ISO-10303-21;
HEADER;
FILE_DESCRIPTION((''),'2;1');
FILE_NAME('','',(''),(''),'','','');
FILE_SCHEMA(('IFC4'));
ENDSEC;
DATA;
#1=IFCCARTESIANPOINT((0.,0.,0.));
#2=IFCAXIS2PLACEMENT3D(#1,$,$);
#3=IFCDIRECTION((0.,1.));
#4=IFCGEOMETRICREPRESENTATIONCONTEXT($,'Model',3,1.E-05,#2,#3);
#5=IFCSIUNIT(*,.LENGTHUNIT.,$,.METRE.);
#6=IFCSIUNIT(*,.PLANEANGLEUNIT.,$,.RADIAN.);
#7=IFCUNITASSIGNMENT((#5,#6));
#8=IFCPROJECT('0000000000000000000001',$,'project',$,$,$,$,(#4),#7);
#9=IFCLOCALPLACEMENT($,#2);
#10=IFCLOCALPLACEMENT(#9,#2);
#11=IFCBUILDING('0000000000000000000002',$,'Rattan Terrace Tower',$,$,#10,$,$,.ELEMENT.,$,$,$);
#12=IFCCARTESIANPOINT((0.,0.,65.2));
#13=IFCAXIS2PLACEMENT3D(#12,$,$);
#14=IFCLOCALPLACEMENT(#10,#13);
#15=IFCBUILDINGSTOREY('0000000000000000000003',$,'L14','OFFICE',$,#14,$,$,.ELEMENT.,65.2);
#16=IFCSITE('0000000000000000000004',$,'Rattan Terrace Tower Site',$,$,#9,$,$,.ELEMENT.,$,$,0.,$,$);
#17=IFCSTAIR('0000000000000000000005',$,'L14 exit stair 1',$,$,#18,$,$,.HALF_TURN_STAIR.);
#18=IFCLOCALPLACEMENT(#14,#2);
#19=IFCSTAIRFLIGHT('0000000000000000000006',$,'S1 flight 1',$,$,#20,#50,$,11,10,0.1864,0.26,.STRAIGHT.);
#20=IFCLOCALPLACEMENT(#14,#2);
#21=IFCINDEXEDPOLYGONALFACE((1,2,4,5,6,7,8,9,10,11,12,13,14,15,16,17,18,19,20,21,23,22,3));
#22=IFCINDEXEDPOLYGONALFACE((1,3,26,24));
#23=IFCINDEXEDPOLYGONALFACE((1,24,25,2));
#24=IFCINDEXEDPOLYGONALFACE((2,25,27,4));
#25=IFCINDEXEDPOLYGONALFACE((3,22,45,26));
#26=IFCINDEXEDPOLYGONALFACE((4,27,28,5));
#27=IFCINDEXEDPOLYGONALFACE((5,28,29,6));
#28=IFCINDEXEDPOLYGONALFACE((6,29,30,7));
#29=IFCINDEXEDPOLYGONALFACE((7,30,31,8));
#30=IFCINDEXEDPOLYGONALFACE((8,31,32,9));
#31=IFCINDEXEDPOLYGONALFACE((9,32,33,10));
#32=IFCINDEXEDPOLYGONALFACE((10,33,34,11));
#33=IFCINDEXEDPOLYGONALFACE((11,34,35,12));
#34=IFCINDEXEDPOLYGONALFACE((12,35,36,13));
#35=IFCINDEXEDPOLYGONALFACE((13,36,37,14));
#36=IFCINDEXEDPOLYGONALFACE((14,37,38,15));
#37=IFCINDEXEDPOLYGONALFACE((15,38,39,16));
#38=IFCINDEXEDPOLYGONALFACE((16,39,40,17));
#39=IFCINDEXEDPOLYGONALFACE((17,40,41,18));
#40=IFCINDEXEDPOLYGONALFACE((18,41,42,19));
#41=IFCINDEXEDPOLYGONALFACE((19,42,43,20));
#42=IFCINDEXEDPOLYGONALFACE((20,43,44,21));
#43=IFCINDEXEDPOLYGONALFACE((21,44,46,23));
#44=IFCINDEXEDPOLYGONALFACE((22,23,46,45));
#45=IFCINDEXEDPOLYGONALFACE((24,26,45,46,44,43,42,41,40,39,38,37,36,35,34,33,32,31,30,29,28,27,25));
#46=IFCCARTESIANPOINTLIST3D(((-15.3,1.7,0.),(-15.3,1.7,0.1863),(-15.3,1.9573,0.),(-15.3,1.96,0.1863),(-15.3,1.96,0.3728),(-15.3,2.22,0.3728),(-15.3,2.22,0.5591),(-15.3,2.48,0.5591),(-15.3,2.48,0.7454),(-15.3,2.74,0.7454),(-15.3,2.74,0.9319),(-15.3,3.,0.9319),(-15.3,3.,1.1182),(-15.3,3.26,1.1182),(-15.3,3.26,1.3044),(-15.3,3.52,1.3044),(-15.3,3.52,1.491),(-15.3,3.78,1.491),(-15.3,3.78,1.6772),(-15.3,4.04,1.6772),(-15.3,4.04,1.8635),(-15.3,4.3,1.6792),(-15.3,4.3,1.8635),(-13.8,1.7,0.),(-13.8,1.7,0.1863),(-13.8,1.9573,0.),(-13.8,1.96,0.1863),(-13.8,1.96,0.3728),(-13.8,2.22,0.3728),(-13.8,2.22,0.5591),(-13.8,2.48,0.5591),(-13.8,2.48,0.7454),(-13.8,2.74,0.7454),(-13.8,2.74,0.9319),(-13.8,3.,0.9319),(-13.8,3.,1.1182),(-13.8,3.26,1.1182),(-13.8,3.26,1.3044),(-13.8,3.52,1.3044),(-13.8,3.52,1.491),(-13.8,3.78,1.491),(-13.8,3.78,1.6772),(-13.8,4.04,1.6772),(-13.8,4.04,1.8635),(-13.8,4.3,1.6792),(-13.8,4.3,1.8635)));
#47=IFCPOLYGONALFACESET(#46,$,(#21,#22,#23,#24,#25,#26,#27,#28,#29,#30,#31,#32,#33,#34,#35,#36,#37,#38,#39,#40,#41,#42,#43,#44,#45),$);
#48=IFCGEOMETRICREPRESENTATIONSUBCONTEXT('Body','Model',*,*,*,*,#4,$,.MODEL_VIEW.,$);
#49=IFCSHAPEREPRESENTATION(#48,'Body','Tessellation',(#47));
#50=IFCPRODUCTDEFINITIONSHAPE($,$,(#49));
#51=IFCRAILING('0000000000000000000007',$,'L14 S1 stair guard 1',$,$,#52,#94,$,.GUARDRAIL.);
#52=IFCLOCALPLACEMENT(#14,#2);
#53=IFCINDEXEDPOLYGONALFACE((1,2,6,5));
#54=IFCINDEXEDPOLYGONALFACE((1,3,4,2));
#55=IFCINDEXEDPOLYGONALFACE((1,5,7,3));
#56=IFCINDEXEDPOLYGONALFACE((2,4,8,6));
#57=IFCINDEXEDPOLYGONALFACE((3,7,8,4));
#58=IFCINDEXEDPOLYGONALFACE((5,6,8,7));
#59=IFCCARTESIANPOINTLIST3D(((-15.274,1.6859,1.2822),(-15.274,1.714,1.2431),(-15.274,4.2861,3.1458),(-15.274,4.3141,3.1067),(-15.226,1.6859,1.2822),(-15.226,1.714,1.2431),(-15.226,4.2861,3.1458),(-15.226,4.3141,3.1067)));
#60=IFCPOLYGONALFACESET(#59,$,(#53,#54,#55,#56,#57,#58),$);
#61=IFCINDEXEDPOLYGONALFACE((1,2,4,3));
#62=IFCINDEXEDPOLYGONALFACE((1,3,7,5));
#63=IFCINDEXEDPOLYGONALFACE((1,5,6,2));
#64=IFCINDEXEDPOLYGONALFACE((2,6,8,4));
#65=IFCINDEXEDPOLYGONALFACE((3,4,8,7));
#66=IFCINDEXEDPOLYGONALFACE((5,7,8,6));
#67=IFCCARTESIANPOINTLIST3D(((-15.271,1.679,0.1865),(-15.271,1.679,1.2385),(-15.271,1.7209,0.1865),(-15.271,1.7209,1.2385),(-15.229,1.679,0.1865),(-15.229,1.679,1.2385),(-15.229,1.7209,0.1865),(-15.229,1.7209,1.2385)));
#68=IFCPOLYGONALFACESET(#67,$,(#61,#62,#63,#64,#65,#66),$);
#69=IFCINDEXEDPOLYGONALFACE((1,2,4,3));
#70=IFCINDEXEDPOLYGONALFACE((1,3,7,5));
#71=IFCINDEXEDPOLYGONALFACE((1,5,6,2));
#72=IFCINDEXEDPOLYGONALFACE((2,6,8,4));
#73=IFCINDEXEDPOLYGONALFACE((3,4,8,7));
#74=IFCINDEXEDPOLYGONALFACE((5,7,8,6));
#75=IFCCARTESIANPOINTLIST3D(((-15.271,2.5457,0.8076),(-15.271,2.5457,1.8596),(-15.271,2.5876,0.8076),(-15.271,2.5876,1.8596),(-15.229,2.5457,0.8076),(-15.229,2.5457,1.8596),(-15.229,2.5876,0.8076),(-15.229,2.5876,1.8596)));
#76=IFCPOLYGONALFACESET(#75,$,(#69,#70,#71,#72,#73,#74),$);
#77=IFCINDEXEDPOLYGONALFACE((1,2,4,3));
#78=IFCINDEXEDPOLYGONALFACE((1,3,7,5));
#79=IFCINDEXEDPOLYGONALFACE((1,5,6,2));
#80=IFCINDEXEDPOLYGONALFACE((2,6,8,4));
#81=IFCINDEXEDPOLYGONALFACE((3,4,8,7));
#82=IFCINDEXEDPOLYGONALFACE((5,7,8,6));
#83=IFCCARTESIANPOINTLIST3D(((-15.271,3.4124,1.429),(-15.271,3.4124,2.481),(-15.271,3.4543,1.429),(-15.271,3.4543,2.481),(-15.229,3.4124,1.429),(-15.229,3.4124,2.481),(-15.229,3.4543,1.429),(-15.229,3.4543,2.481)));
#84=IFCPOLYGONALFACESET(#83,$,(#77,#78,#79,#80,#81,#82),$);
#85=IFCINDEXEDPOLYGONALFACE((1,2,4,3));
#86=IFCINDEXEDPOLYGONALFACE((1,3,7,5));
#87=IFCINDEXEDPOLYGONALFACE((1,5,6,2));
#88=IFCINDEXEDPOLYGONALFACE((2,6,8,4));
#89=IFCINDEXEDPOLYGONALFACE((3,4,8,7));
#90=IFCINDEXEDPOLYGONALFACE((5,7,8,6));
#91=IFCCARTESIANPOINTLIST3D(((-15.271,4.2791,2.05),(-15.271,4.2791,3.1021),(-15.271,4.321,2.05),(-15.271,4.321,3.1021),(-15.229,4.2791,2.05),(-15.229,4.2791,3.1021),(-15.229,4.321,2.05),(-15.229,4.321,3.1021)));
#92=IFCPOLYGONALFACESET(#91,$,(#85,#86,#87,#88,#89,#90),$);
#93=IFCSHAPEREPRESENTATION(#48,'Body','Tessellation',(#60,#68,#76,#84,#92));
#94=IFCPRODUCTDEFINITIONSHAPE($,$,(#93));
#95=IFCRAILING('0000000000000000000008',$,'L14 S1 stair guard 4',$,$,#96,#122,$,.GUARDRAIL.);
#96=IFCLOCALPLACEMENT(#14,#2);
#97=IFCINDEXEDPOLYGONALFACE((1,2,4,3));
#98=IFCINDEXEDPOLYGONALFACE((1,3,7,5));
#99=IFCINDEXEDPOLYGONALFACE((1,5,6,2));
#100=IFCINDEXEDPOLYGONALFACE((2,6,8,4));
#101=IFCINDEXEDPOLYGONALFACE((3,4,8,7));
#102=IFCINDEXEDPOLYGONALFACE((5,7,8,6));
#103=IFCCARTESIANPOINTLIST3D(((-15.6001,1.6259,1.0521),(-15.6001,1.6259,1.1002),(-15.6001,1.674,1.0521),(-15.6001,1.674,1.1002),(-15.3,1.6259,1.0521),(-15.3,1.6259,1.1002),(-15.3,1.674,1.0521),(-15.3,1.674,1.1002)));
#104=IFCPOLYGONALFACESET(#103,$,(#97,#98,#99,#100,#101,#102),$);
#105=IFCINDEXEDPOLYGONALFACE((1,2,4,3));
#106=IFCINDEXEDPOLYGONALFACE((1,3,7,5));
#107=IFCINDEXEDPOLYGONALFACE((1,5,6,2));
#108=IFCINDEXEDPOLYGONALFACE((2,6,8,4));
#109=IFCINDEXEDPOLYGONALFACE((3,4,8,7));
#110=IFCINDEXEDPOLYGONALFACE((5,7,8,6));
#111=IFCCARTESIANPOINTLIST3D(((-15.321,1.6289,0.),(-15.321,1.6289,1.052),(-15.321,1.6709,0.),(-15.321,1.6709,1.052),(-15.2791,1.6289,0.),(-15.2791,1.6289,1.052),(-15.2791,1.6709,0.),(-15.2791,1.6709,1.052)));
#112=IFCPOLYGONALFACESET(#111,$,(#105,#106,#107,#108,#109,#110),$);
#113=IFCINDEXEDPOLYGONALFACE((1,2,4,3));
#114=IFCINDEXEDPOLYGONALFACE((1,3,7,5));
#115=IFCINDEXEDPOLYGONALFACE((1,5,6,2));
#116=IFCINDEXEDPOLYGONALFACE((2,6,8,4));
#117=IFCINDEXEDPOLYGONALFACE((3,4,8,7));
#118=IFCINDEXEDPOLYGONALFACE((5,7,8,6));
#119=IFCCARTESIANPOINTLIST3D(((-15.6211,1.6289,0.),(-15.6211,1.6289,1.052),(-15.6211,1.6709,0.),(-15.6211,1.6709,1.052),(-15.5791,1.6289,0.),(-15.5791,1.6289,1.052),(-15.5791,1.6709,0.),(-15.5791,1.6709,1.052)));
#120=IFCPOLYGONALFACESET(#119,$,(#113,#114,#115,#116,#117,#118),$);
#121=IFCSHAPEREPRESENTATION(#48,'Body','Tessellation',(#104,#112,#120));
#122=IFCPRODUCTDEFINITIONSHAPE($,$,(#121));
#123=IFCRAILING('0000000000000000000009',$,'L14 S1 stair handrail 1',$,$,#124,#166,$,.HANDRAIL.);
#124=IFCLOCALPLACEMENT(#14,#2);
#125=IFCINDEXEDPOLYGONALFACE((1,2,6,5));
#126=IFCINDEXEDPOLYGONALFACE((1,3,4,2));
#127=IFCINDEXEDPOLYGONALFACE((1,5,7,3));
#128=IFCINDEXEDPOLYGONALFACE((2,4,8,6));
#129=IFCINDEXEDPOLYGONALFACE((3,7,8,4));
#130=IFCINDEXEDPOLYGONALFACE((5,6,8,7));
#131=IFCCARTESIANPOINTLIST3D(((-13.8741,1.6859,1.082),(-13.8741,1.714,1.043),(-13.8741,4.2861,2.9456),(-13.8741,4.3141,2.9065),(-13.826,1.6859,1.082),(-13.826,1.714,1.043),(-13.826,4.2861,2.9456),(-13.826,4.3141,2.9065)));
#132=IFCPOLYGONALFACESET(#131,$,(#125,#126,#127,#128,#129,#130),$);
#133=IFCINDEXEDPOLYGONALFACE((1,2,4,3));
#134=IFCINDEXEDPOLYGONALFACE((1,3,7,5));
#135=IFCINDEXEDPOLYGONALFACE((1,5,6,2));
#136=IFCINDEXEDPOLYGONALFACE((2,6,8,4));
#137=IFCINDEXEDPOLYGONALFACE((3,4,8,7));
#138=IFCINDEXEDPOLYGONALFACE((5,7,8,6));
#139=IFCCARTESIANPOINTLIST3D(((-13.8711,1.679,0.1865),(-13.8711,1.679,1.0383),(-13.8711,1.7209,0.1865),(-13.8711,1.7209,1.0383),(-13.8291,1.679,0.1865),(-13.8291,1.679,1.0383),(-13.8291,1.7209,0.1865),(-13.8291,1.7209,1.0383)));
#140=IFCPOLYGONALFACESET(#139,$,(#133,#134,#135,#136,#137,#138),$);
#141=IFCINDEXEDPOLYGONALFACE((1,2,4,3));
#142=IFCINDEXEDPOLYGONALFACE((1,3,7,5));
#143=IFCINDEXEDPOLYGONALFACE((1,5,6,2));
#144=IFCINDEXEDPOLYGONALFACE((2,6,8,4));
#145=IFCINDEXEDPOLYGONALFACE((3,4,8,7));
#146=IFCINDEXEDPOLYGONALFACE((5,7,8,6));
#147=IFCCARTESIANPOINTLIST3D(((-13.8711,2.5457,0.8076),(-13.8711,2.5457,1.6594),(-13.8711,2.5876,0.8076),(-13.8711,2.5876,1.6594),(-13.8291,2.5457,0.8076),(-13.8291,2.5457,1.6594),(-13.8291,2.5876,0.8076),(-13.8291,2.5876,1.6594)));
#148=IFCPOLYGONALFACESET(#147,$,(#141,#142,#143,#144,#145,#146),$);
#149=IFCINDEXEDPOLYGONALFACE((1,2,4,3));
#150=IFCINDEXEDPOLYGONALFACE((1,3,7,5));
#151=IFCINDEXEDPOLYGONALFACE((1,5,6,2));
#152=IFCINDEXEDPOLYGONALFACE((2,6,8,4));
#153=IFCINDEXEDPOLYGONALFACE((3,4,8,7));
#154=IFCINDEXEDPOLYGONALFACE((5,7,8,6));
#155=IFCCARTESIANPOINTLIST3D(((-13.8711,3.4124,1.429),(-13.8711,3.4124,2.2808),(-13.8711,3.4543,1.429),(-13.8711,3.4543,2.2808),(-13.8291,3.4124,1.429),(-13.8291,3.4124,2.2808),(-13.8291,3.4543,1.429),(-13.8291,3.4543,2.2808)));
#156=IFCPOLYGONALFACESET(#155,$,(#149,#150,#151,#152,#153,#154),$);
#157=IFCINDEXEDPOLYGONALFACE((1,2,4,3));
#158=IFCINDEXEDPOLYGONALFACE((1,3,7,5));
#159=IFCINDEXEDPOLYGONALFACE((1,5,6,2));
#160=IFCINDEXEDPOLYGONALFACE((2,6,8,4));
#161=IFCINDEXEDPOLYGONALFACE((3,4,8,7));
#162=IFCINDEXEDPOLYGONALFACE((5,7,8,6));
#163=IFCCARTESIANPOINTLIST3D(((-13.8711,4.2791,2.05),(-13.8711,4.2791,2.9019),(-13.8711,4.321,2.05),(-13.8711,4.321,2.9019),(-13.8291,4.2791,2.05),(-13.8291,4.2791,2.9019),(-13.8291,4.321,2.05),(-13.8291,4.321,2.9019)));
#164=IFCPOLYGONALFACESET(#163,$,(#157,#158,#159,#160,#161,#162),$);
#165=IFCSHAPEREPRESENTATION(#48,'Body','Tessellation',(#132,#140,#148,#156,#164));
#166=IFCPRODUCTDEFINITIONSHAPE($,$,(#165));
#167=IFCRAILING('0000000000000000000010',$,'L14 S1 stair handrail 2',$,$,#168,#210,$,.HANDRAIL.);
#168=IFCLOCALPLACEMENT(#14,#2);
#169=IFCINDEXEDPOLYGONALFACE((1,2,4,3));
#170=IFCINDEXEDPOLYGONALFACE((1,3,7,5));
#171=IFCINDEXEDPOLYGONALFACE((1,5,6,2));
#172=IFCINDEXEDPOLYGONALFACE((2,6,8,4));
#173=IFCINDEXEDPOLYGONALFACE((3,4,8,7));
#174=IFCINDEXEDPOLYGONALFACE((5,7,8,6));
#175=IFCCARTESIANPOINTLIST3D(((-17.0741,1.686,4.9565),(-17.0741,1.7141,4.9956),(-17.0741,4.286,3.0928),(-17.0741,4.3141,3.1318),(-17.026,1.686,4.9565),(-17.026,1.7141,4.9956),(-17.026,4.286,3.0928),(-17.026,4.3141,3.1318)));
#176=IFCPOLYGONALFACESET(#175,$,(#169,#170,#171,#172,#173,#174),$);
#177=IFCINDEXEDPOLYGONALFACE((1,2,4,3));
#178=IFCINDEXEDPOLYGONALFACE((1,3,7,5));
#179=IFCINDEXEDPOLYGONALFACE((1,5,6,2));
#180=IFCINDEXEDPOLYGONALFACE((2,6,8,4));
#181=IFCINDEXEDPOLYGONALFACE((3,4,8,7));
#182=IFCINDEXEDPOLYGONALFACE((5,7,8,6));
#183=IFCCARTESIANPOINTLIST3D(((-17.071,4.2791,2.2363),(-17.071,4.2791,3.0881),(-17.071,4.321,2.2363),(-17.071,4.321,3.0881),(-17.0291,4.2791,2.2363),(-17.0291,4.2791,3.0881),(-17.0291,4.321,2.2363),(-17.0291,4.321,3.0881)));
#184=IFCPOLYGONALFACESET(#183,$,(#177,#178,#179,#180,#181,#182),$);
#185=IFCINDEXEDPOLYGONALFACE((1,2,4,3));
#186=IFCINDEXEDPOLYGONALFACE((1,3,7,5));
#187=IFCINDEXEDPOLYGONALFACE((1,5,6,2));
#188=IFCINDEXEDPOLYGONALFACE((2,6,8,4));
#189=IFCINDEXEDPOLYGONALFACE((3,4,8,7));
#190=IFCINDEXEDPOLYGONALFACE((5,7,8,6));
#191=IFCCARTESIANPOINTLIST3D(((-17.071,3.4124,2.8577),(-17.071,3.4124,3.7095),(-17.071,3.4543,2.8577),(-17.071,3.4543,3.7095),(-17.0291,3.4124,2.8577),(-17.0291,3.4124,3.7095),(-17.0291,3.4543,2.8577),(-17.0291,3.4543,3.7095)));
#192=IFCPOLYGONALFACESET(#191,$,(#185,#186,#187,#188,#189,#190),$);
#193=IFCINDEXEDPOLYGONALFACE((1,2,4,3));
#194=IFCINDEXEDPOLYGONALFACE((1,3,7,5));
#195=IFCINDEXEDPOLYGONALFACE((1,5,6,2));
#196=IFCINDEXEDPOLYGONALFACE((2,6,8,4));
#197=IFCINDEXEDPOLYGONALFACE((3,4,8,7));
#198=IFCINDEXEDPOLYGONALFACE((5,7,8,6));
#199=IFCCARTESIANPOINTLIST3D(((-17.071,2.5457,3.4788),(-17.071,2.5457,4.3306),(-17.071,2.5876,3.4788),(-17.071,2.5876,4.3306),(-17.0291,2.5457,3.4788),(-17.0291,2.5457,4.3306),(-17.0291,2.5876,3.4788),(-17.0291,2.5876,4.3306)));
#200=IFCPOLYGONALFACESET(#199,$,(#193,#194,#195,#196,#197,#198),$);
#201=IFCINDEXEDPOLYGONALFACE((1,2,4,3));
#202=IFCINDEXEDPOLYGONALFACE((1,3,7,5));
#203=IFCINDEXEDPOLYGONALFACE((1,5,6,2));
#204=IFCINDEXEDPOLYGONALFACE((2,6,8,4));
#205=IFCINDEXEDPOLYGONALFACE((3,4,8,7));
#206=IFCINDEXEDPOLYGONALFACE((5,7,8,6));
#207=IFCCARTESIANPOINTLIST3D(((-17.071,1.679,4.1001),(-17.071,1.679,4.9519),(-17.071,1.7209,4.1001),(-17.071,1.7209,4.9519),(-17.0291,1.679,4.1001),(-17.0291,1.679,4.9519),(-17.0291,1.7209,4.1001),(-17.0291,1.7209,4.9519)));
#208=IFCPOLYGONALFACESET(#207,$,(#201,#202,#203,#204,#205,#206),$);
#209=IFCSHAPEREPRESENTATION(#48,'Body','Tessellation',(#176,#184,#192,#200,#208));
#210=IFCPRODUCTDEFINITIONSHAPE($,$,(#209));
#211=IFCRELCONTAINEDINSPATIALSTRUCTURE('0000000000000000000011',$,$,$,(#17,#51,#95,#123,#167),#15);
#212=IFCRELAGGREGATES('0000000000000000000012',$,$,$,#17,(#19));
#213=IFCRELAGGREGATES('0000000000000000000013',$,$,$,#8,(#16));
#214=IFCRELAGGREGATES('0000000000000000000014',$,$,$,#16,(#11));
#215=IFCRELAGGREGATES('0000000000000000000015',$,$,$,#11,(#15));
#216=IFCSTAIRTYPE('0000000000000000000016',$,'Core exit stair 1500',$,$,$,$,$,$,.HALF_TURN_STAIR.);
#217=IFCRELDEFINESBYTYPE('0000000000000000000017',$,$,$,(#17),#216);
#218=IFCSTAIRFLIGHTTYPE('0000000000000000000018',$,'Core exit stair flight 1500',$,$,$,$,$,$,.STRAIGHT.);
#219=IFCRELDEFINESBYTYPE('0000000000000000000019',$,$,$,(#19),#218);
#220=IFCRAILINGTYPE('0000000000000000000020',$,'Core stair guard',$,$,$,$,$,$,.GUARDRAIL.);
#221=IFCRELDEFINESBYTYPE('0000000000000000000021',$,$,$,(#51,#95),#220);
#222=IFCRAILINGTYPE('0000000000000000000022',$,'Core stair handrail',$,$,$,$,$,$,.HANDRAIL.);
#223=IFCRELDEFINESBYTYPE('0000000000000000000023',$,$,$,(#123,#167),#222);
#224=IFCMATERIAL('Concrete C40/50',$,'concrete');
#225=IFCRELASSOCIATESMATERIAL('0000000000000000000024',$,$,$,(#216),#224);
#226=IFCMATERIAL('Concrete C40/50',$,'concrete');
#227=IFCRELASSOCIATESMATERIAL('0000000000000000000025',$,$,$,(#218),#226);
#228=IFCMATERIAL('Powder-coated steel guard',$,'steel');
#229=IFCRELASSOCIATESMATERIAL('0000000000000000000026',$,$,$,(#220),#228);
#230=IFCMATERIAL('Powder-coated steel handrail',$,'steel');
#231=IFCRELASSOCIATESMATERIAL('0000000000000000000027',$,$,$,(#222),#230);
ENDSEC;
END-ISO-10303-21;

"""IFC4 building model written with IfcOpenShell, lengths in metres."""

from ifc_helpers import new_model, si_unit, direction, frame, origin, origin_2d, place, context, subcontext, project, spatial, polyline, rectangle, outline, extrude, material, type_object, element, aggregate, save


model = new_model("IFC4")

# Units and contexts
model_context = context("Model", 3, precision=1e-05, world=origin(), true_north=direction((0.0, 1.0)))
body_context = subcontext(model_context, "Body", "Model", "MODEL_VIEW")
ifc_project = project(units=[si_unit("LENGTHUNIT", "METRE"), si_unit("PLANEANGLEUNIT", "RADIAN")], contexts=[model_context])

# Site, building, storey
site_placement = place(None, origin())
site = spatial("IfcSite", under=ifc_project, at=site_placement, Name="Rattan Terrace Tower Site", CompositionType="ELEMENT", RefElevation=0.0)
building_placement = place(site_placement, origin())
building = spatial("IfcBuilding", under=site, at=building_placement, Name="Rattan Terrace Tower", CompositionType="ELEMENT")
storey_placement = place(building_placement, frame((0.0, 0.0, 65.2)))
storey = spatial("IfcBuildingStorey", under=building, at=storey_placement, Name="L14", Description="OFFICE", CompositionType="ELEMENT", Elevation=65.2)

# Stair, stair flight
ifc_material_1 = material(Name="Concrete C40/50", Category="concrete")
stair_type = type_object("IfcStairType", Name="Core exit stair 1500", PredefinedType="HALF_TURN_STAIR", material=ifc_material_1)
stair_placement = place(storey_placement, origin())
stair = element("IfcStair", 1, at=stair_placement, inside=storey, type_object=stair_type, Name="L14 exit stair 1", PredefinedType="HALF_TURN_STAIR")
ifc_material_2 = material(Name="Concrete C40/50", Category="concrete")
stair_flight_type = type_object("IfcStairFlightType", Name="Core exit stair flight 1500", PredefinedType="STRAIGHT", material=ifc_material_2)
stair_flight_placement = place(storey_placement, frame((-14.55, 1.7, 0.0), z_axis=(0.0, 0.0, 1.0), x_axis=(0.0, 1.0, 0.0)))
stair_flight = element("IfcStairFlight", 2, at=stair_flight_placement, type_object=stair_flight_type, Name="S1 flight 1", NumberOfRisers=11, NumberOfTreads=10, PredefinedType="STRAIGHT", RiserHeight=0.1864, TreadLength=0.26, context=body_context, shape_type="SweptSolid", body=[
    extrude(outline(polyline([(0.0, 0.0), (0.0, 0.1863), (0.26, 0.1863), (0.26, 0.3728), (0.52, 0.3728), (0.52, 0.5591), (0.78, 0.5591), (0.78, 0.7454), (1.04, 0.7454), (1.04, 0.9319), (1.3, 0.9319), (1.3, 1.1182), (1.5601, 1.1182), (1.5601, 1.3044), (1.8201, 1.3044), (1.8201, 1.491), (2.0801, 1.491), (2.0801, 1.6772), (2.3401, 1.6772), (2.3401, 1.8635), (2.6001, 1.8635), (2.6001, 2.05), (2.6001, 1.6792), (0.2573, 0.0), (0.0, 0.0)])), frame((0.0, 0.75, 0.0), z_axis=(0.0, -1.0, 0.0), x_axis=(1.0, 0.0, 0.0)), (0.0, 0.0, 1.0), 1.5),
])
aggregate(stair, [stair_flight])

# Railings
ifc_material_3 = material(Name="Powder-coated steel guard", Category="steel")
railing_type_1 = type_object("IfcRailingType", Name="Core stair guard", PredefinedType="GUARDRAIL", material=ifc_material_3)
railing_1_placement = place(storey_placement, frame((-15.25, 1.7, 0.1865)))
element("IfcRailing", 3, at=railing_1_placement, inside=storey, type_object=railing_type_1, Name="L14 S1 stair guard 1", PredefinedType="GUARDRAIL", context=body_context, shape_type="SweptSolid", body=[
    extrude(rectangle(XDim=0.0481, YDim=0.0481, at=origin_2d()), frame((0.0, 0.0, 1.0762), z_axis=(0.0, 0.812799, 0.582544), x_axis=(-1.0, 0.0, 0.0)), (0.0, 0.0, 1.0), 3.199),
    extrude(rectangle(XDim=0.042, YDim=0.042, at=origin_2d()), origin(), (0.0, 0.0, 1.0), 1.052),
    extrude(rectangle(XDim=0.042, YDim=0.042, at=origin_2d()), frame((0.0, 0.8667, 0.6211)), (0.0, 0.0, 1.0), 1.052),
    extrude(rectangle(XDim=0.042, YDim=0.042, at=origin_2d()), frame((0.0, 1.7334, 1.2424)), (0.0, 0.0, 1.0), 1.052),
    extrude(rectangle(XDim=0.042, YDim=0.042, at=origin_2d()), frame((0.0, 2.6001, 1.8635)), (0.0, 0.0, 1.0), 1.052),
])
railing_2_placement = place(storey_placement, frame((-15.3, 1.6499, 0.0)))
element("IfcRailing", 4, at=railing_2_placement, inside=storey, type_object=railing_type_1, Name="L14 S1 stair guard 4", PredefinedType="GUARDRAIL", context=body_context, shape_type="SweptSolid", body=[
    extrude(rectangle(XDim=0.0481, YDim=0.0481, at=origin_2d()), frame((0.0, 0.0, 1.0762), z_axis=(-1.0, 0.0, 0.0), x_axis=(0.0, -1.0, 0.0)), (0.0, 0.0, 1.0), 0.3),
    extrude(rectangle(XDim=0.042, YDim=0.042, at=origin_2d()), origin(), (0.0, 0.0, 1.0), 1.052),
    extrude(rectangle(XDim=0.042, YDim=0.042, at=origin_2d()), frame((-0.3, 0.0, 0.0)), (0.0, 0.0, 1.0), 1.052),
])
ifc_material_4 = material(Name="Powder-coated steel handrail", Category="steel")
railing_type_2 = type_object("IfcRailingType", Name="Core stair handrail", PredefinedType="HANDRAIL", material=ifc_material_4)
railing_3_placement = place(storey_placement, frame((-13.8501, 1.7, 0.1865)))
element("IfcRailing", 5, at=railing_3_placement, inside=storey, type_object=railing_type_2, Name="L14 S1 stair handrail 1", PredefinedType="HANDRAIL", context=body_context, shape_type="SweptSolid", body=[
    extrude(rectangle(XDim=0.0481, YDim=0.0481, at=origin_2d()), frame((0.0, 0.0, 0.876), z_axis=(0.0, 0.812799, 0.582544), x_axis=(-1.0, 0.0, 0.0)), (0.0, 0.0, 1.0), 3.199),
    extrude(rectangle(XDim=0.042, YDim=0.042, at=origin_2d()), origin(), (0.0, 0.0, 1.0), 0.8518),
    extrude(rectangle(XDim=0.042, YDim=0.042, at=origin_2d()), frame((0.0, 0.8667, 0.6211)), (0.0, 0.0, 1.0), 0.8518),
    extrude(rectangle(XDim=0.042, YDim=0.042, at=origin_2d()), frame((0.0, 1.7334, 1.2424)), (0.0, 0.0, 1.0), 0.8518),
    extrude(rectangle(XDim=0.042, YDim=0.042, at=origin_2d()), frame((0.0, 2.6001, 1.8635)), (0.0, 0.0, 1.0), 0.8518),
])
railing_4_placement = place(storey_placement, frame((-17.05, 4.3, 2.2363)))
element("IfcRailing", 6, at=railing_4_placement, inside=storey, type_object=railing_type_2, Name="L14 S1 stair handrail 2", PredefinedType="HANDRAIL", context=body_context, shape_type="SweptSolid", body=[
    extrude(rectangle(XDim=0.0481, YDim=0.0481, at=origin_2d()), frame((0.0, 0.0, 0.876), z_axis=(0.0, -0.812763, 0.582595), x_axis=(1.0, 0.0, 0.0)), (0.0, 0.0, 1.0), 3.199),
    extrude(rectangle(XDim=0.042, YDim=0.042, at=origin_2d()), origin(), (0.0, 0.0, 1.0), 0.8518),
    extrude(rectangle(XDim=0.042, YDim=0.042, at=origin_2d()), frame((0.0, -0.8667, 0.6213)), (0.0, 0.0, 1.0), 0.8518),
    extrude(rectangle(XDim=0.042, YDim=0.042, at=origin_2d()), frame((0.0, -1.7334, 1.2424)), (0.0, 0.0, 1.0), 0.8518),
    extrude(rectangle(XDim=0.042, YDim=0.042, at=origin_2d()), frame((0.0, -2.6001, 1.8638)), (0.0, 0.0, 1.0), 0.8518),
])

save(model, "model.ifc")
